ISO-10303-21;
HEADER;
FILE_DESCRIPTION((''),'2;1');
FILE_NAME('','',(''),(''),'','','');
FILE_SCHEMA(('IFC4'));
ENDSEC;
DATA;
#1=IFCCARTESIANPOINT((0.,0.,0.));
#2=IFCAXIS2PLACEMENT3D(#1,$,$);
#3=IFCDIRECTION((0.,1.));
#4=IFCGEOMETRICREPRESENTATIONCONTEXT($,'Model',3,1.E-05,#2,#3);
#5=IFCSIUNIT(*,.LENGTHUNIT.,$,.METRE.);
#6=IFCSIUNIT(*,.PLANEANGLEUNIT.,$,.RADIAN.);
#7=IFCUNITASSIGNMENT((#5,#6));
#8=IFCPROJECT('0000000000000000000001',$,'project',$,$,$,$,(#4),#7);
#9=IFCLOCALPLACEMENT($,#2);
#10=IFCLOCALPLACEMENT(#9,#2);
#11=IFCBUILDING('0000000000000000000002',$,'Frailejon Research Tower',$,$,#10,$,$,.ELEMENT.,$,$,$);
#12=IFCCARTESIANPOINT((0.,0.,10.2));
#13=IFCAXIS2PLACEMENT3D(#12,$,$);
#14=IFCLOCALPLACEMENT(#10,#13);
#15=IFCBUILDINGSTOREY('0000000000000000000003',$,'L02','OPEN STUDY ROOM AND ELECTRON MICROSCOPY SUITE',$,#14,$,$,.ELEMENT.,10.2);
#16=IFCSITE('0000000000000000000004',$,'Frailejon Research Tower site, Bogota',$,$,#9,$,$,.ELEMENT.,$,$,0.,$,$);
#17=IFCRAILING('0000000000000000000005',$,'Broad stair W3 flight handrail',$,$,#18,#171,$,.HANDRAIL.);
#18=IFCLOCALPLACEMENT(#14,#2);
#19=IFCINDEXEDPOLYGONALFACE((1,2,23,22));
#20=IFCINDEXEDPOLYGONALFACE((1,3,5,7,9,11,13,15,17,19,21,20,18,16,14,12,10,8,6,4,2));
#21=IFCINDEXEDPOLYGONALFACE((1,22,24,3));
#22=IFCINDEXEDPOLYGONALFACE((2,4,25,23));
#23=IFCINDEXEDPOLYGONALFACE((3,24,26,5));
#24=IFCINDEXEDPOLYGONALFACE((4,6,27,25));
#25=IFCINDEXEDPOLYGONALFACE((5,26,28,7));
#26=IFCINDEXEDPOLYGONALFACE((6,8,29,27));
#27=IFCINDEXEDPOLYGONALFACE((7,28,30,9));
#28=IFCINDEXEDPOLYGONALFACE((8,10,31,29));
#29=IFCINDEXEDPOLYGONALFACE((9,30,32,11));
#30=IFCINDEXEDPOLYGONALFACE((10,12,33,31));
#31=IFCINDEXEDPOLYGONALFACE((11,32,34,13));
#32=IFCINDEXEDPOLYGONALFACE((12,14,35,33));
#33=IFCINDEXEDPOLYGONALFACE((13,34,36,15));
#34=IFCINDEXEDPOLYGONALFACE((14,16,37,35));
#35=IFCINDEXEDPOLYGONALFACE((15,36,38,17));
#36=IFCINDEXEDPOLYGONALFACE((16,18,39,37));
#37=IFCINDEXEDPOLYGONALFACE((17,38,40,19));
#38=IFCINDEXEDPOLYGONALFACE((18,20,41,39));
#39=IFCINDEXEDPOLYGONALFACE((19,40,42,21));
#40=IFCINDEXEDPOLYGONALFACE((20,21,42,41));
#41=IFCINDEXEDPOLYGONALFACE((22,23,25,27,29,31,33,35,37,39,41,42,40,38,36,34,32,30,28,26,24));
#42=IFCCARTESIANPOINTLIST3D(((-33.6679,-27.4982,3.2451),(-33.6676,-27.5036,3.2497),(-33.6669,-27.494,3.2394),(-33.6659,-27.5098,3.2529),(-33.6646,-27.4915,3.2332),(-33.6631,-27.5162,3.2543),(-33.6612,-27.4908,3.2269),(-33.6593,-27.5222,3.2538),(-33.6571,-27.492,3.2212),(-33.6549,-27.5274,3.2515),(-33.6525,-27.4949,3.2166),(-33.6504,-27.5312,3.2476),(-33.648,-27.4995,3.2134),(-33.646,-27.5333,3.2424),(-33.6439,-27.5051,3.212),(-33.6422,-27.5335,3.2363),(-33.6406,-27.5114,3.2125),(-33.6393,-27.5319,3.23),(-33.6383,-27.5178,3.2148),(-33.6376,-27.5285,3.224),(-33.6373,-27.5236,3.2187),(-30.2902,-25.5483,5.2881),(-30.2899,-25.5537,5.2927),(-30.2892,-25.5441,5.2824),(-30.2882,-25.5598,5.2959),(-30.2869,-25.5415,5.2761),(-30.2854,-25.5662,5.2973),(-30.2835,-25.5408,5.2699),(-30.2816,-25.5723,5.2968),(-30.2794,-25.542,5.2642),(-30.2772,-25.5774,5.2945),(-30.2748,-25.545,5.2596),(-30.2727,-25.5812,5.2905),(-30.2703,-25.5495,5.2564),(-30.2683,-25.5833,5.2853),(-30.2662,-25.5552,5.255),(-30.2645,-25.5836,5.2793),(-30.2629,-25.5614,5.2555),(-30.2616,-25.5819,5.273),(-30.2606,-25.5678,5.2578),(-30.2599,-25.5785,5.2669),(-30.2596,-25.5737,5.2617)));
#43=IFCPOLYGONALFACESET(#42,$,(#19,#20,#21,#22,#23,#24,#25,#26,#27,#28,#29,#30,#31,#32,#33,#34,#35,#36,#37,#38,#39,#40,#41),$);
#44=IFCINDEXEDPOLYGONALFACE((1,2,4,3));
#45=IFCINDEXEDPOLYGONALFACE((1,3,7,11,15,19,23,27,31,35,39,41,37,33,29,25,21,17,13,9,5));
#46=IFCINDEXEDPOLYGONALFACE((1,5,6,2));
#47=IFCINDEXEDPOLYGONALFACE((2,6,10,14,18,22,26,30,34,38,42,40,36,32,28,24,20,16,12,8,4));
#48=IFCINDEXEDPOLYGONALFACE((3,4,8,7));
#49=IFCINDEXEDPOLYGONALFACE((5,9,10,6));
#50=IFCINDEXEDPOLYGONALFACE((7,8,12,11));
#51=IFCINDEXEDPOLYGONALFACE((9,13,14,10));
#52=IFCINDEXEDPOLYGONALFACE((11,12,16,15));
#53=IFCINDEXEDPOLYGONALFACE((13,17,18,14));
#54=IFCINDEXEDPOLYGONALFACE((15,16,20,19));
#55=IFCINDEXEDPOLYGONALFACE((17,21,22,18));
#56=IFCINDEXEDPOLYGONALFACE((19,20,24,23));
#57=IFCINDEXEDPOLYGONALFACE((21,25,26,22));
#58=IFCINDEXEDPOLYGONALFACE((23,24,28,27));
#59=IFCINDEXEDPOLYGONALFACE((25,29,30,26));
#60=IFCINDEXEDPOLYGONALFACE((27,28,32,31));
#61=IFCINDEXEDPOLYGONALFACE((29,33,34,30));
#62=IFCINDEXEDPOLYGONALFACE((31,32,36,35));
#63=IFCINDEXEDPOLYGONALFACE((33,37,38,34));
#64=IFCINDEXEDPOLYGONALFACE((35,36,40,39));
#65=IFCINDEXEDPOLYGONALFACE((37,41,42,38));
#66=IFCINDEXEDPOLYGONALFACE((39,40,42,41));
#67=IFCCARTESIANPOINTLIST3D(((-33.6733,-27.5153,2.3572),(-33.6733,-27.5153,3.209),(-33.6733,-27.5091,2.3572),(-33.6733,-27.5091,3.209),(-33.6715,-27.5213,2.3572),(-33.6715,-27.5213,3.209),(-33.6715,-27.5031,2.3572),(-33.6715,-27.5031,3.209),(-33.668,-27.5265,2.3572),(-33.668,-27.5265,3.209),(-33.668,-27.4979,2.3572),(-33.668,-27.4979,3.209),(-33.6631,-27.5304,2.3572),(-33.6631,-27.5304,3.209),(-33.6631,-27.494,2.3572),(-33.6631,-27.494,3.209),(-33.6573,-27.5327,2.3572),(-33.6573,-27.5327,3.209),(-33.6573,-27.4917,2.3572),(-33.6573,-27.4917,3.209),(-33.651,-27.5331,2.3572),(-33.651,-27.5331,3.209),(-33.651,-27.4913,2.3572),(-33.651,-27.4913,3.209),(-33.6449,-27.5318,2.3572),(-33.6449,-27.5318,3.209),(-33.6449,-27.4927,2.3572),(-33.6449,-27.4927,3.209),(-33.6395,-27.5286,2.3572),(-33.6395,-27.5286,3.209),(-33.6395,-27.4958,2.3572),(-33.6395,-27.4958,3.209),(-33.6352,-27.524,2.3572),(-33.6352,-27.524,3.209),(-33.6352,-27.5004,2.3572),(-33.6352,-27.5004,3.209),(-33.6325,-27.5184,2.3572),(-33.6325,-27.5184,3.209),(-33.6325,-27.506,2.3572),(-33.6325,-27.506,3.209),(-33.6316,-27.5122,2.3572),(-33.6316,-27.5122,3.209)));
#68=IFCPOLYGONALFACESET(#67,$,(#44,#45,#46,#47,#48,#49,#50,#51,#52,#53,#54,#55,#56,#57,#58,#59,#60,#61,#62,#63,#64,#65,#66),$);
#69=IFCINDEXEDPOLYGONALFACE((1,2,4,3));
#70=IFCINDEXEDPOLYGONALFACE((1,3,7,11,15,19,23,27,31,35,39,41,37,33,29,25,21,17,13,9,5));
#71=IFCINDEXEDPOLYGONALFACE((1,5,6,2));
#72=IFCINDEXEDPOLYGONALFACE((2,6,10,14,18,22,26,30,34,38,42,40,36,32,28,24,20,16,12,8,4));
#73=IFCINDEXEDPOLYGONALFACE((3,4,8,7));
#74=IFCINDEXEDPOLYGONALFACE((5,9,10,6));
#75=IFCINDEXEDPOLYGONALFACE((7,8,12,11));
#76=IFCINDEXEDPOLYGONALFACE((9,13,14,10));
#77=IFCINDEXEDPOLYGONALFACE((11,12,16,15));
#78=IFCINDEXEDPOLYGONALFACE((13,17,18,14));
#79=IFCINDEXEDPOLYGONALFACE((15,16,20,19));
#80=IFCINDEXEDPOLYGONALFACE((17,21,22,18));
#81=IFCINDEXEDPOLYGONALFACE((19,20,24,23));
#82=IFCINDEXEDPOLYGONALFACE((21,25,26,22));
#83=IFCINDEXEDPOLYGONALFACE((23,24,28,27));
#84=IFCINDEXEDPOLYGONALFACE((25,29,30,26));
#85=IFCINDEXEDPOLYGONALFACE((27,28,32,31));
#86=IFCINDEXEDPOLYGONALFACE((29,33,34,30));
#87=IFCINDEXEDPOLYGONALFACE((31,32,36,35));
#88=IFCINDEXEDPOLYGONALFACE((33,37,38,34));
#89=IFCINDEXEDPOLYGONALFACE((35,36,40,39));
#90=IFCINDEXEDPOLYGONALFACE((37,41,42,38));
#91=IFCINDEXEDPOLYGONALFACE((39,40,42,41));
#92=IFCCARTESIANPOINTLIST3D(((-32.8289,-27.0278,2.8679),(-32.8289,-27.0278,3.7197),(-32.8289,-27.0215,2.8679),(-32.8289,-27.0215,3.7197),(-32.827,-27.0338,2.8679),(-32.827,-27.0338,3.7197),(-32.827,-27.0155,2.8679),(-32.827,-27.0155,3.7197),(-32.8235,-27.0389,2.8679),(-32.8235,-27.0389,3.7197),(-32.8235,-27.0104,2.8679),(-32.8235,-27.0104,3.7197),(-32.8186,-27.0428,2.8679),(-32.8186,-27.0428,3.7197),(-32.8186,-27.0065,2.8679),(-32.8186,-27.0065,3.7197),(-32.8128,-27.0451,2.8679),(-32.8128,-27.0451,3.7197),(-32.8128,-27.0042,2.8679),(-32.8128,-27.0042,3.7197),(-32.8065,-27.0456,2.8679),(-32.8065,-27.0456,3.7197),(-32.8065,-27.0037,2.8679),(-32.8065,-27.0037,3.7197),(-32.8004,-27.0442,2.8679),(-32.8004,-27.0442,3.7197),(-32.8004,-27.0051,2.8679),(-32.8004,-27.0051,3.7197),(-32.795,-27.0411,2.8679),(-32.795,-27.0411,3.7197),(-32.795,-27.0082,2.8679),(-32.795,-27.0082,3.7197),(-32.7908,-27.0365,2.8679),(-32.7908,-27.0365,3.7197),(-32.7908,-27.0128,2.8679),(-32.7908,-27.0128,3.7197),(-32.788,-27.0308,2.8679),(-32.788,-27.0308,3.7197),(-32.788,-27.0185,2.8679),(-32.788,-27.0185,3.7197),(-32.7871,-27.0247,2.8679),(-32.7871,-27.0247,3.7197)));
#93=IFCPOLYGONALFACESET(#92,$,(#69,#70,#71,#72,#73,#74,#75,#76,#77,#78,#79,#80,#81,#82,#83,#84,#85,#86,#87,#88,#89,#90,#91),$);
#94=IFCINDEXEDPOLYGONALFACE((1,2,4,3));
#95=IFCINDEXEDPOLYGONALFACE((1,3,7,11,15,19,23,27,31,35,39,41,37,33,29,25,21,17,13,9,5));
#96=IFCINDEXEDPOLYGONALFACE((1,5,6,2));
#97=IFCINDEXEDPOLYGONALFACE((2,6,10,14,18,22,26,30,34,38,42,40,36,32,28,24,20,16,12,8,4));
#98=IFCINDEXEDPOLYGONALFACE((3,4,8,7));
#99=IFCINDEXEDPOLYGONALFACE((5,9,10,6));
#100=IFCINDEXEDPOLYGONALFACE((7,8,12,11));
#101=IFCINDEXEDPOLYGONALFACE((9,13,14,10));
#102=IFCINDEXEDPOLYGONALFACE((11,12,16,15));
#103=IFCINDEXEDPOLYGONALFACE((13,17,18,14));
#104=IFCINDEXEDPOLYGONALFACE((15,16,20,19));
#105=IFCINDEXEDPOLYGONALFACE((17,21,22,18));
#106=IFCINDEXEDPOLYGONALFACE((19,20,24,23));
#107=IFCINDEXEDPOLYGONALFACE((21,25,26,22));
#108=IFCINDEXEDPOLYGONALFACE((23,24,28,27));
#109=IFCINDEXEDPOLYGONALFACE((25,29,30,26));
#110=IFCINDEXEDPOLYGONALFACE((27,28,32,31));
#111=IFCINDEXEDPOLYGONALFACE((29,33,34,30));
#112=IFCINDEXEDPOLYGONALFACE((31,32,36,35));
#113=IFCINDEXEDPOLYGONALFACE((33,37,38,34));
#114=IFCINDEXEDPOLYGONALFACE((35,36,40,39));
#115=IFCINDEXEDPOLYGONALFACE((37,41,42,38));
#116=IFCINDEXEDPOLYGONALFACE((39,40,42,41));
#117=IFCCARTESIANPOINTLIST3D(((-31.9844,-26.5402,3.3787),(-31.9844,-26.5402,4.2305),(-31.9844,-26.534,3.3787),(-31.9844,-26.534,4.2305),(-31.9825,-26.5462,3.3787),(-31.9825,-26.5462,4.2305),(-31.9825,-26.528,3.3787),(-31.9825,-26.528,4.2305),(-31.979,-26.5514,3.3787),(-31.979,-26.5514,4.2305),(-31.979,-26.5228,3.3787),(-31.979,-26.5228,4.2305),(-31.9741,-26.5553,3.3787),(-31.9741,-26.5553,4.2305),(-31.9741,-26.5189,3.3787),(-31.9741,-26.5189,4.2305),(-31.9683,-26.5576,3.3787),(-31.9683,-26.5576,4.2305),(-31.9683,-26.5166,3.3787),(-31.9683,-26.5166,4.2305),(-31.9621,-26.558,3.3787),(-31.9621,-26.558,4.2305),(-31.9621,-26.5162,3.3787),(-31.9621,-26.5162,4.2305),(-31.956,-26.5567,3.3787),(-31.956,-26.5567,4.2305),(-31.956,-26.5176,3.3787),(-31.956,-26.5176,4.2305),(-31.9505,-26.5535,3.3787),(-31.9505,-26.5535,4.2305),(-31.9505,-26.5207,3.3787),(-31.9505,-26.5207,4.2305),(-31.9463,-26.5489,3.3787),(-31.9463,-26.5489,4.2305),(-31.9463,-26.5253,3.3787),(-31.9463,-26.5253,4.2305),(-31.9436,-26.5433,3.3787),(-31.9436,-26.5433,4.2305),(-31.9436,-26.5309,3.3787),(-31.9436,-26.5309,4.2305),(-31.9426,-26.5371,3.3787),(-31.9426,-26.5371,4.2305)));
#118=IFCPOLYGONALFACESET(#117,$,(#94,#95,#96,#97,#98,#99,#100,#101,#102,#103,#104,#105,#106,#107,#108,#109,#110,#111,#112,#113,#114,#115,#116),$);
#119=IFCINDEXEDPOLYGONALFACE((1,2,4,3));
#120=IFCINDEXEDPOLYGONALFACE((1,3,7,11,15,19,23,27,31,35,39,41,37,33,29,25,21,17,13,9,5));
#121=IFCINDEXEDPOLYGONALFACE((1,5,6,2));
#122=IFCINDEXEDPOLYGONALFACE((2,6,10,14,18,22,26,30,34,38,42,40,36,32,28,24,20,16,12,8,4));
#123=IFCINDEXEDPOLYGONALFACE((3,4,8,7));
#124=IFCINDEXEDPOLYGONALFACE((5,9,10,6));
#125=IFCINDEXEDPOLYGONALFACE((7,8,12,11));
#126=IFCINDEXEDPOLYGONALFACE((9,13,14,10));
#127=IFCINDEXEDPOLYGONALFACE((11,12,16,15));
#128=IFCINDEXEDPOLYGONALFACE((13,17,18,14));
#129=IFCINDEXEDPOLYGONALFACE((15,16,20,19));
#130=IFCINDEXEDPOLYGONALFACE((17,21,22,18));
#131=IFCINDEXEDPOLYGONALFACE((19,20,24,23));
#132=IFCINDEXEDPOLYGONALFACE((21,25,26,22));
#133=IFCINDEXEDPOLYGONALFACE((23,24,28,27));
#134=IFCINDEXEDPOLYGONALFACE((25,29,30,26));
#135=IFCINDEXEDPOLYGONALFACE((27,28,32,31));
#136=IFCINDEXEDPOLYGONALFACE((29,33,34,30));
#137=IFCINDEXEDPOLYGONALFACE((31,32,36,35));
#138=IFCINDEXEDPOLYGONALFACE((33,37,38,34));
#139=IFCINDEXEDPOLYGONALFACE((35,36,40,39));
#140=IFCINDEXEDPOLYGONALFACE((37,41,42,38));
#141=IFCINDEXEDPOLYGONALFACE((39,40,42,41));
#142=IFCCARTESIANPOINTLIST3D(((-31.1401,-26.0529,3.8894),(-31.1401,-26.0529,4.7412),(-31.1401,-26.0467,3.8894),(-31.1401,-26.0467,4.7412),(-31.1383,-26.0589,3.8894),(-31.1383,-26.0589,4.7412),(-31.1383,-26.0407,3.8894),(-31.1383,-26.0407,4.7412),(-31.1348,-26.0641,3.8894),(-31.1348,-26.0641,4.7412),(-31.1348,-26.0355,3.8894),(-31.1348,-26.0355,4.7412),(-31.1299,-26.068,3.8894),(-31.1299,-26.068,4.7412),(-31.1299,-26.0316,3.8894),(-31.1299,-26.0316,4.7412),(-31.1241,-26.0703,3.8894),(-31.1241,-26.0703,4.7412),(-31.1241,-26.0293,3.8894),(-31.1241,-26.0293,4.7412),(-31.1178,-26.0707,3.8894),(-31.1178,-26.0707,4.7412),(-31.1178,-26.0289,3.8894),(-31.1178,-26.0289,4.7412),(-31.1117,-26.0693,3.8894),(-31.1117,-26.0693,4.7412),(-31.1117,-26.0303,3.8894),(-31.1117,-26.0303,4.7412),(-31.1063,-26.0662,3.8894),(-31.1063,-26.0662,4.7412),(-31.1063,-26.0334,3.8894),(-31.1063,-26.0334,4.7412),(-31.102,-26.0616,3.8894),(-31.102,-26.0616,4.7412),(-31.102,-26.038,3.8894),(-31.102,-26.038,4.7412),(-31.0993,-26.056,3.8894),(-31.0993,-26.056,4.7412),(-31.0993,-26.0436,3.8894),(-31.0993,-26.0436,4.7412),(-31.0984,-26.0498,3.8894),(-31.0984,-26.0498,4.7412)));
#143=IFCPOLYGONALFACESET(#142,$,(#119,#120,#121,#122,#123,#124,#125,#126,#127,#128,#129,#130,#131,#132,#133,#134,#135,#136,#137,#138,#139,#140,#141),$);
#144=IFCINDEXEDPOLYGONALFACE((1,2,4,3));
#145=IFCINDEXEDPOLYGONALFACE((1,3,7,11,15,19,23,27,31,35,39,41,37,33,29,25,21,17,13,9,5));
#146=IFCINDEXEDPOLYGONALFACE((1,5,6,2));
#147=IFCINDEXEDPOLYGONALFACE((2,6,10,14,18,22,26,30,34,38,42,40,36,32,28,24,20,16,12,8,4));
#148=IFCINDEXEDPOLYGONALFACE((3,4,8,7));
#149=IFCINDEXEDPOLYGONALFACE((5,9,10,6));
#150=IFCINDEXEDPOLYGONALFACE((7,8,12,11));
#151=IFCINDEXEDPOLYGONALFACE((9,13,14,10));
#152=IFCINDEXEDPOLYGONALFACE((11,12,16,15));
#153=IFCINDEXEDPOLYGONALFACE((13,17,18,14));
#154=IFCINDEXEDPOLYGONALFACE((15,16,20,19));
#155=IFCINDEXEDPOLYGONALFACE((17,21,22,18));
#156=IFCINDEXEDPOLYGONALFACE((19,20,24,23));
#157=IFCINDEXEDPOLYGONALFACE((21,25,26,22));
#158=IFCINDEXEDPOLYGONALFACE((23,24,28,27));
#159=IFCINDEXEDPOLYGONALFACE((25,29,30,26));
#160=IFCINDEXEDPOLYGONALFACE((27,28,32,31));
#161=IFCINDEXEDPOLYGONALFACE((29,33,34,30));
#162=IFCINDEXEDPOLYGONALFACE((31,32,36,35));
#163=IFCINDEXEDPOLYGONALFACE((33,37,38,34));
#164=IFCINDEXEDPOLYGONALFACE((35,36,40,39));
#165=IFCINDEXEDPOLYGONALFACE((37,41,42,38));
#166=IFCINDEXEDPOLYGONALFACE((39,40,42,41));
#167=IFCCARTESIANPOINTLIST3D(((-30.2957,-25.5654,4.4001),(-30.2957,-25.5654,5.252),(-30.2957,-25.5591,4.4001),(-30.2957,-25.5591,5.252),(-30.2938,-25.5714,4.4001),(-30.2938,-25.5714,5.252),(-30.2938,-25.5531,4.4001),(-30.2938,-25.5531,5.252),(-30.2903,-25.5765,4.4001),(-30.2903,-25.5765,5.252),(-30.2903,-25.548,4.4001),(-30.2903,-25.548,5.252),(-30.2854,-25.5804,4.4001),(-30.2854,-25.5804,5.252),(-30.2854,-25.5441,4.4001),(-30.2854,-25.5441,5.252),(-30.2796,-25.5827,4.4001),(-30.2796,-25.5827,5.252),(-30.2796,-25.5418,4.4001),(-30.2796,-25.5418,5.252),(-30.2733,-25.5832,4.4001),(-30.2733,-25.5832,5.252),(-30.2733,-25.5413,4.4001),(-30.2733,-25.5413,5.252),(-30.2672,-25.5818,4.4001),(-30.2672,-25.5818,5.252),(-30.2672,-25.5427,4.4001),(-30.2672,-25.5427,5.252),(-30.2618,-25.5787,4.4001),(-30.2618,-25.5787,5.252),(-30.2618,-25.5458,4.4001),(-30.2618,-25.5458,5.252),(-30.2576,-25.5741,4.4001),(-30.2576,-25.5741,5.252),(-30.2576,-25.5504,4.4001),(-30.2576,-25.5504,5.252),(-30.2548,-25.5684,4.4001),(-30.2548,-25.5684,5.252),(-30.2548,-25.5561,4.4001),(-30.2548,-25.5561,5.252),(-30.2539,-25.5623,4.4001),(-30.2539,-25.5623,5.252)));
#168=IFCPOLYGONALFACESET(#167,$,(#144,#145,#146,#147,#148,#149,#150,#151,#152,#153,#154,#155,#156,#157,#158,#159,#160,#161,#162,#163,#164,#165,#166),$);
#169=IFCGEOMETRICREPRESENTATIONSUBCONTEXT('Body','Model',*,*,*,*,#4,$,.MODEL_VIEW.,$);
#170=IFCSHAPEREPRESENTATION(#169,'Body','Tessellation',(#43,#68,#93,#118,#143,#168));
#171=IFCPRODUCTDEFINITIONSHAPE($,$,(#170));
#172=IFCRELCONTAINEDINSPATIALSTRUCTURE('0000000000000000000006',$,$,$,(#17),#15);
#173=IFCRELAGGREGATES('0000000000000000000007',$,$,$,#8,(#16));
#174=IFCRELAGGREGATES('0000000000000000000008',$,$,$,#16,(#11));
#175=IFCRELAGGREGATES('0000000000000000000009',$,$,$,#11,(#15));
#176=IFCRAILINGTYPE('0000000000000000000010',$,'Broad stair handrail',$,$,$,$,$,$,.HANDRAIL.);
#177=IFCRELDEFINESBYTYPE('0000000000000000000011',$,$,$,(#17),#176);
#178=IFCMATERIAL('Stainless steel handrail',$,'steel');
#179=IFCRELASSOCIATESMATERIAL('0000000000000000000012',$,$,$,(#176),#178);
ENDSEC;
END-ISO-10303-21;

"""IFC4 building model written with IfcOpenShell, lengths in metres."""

from ifc_helpers import new_model, si_unit, direction, frame, origin, origin_2d, place, context, subcontext, project, spatial, circle, extrude, material, type_object, element, save


model = new_model("IFC4")

# Units and contexts
model_context = context("Model", 3, precision=1e-05, world=origin(), true_north=direction((0.0, 1.0)))
body_context = subcontext(model_context, "Body", "Model", "MODEL_VIEW")
ifc_project = project(units=[si_unit("LENGTHUNIT", "METRE"), si_unit("PLANEANGLEUNIT", "RADIAN")], contexts=[model_context])

# Site, building, storey
site_placement = place(None, origin())
site = spatial("IfcSite", under=ifc_project, at=site_placement, Name="Frailejon Research Tower site, Bogota", CompositionType="ELEMENT", RefElevation=0.0)
building_placement = place(site_placement, origin())
building = spatial("IfcBuilding", under=site, at=building_placement, Name="Frailejon Research Tower", CompositionType="ELEMENT")
storey_placement = place(building_placement, frame((0.0, 0.0, 10.2)))
storey = spatial("IfcBuildingStorey", under=building, at=storey_placement, Name="L02", Description="OPEN STUDY ROOM AND ELECTRON MICROSCOPY SUITE", CompositionType="ELEMENT", Elevation=10.2)

# Railing
ifc_material_1 = material(Name="Stainless steel handrail", Category="steel")
railing_type_1 = type_object("IfcRailingType", Name="Broad stair handrail", PredefinedType="HANDRAIL", material=ifc_material_1)
railing_1_placement = place(storey_placement, frame((-33.6526, -27.5122, 2.3572)))
element("IfcRailing", 1, at=railing_1_placement, inside=storey, type_object=railing_type_1, Name="Broad stair W3 flight handrail", PredefinedType="HANDRAIL", context=body_context, shape_type="SweptSolid", body=[
    extrude(circle(Radius=0.0239, at=origin_2d()), frame((0.0, 0.0, 0.876), z_axis=(0.767165, 0.442887, 0.464014), x_axis=(-0.49997, 0.866043, 0.0)), (0.0, 0.0, 1.0), 4.4028),
    extrude(circle(Radius=0.021, at=origin_2d()), origin(), (0.0, 0.0, 1.0), 0.8518),
    extrude(circle(Radius=0.021, at=origin_2d()), frame((0.8445, 0.4875, 0.5107)), (0.0, 0.0, 1.0), 0.8518),
    extrude(circle(Radius=0.021, at=origin_2d()), frame((1.689, 0.9751, 1.0215)), (0.0, 0.0, 1.0), 0.8518),
    extrude(circle(Radius=0.021, at=origin_2d()), frame((2.5332, 1.4624, 1.5322)), (0.0, 0.0, 1.0), 0.8518),
    extrude(circle(Radius=0.021, at=origin_2d()), frame((3.3777, 1.95, 2.043)), (0.0, 0.0, 1.0), 0.8518),
])

save(model, "model.ifc")
